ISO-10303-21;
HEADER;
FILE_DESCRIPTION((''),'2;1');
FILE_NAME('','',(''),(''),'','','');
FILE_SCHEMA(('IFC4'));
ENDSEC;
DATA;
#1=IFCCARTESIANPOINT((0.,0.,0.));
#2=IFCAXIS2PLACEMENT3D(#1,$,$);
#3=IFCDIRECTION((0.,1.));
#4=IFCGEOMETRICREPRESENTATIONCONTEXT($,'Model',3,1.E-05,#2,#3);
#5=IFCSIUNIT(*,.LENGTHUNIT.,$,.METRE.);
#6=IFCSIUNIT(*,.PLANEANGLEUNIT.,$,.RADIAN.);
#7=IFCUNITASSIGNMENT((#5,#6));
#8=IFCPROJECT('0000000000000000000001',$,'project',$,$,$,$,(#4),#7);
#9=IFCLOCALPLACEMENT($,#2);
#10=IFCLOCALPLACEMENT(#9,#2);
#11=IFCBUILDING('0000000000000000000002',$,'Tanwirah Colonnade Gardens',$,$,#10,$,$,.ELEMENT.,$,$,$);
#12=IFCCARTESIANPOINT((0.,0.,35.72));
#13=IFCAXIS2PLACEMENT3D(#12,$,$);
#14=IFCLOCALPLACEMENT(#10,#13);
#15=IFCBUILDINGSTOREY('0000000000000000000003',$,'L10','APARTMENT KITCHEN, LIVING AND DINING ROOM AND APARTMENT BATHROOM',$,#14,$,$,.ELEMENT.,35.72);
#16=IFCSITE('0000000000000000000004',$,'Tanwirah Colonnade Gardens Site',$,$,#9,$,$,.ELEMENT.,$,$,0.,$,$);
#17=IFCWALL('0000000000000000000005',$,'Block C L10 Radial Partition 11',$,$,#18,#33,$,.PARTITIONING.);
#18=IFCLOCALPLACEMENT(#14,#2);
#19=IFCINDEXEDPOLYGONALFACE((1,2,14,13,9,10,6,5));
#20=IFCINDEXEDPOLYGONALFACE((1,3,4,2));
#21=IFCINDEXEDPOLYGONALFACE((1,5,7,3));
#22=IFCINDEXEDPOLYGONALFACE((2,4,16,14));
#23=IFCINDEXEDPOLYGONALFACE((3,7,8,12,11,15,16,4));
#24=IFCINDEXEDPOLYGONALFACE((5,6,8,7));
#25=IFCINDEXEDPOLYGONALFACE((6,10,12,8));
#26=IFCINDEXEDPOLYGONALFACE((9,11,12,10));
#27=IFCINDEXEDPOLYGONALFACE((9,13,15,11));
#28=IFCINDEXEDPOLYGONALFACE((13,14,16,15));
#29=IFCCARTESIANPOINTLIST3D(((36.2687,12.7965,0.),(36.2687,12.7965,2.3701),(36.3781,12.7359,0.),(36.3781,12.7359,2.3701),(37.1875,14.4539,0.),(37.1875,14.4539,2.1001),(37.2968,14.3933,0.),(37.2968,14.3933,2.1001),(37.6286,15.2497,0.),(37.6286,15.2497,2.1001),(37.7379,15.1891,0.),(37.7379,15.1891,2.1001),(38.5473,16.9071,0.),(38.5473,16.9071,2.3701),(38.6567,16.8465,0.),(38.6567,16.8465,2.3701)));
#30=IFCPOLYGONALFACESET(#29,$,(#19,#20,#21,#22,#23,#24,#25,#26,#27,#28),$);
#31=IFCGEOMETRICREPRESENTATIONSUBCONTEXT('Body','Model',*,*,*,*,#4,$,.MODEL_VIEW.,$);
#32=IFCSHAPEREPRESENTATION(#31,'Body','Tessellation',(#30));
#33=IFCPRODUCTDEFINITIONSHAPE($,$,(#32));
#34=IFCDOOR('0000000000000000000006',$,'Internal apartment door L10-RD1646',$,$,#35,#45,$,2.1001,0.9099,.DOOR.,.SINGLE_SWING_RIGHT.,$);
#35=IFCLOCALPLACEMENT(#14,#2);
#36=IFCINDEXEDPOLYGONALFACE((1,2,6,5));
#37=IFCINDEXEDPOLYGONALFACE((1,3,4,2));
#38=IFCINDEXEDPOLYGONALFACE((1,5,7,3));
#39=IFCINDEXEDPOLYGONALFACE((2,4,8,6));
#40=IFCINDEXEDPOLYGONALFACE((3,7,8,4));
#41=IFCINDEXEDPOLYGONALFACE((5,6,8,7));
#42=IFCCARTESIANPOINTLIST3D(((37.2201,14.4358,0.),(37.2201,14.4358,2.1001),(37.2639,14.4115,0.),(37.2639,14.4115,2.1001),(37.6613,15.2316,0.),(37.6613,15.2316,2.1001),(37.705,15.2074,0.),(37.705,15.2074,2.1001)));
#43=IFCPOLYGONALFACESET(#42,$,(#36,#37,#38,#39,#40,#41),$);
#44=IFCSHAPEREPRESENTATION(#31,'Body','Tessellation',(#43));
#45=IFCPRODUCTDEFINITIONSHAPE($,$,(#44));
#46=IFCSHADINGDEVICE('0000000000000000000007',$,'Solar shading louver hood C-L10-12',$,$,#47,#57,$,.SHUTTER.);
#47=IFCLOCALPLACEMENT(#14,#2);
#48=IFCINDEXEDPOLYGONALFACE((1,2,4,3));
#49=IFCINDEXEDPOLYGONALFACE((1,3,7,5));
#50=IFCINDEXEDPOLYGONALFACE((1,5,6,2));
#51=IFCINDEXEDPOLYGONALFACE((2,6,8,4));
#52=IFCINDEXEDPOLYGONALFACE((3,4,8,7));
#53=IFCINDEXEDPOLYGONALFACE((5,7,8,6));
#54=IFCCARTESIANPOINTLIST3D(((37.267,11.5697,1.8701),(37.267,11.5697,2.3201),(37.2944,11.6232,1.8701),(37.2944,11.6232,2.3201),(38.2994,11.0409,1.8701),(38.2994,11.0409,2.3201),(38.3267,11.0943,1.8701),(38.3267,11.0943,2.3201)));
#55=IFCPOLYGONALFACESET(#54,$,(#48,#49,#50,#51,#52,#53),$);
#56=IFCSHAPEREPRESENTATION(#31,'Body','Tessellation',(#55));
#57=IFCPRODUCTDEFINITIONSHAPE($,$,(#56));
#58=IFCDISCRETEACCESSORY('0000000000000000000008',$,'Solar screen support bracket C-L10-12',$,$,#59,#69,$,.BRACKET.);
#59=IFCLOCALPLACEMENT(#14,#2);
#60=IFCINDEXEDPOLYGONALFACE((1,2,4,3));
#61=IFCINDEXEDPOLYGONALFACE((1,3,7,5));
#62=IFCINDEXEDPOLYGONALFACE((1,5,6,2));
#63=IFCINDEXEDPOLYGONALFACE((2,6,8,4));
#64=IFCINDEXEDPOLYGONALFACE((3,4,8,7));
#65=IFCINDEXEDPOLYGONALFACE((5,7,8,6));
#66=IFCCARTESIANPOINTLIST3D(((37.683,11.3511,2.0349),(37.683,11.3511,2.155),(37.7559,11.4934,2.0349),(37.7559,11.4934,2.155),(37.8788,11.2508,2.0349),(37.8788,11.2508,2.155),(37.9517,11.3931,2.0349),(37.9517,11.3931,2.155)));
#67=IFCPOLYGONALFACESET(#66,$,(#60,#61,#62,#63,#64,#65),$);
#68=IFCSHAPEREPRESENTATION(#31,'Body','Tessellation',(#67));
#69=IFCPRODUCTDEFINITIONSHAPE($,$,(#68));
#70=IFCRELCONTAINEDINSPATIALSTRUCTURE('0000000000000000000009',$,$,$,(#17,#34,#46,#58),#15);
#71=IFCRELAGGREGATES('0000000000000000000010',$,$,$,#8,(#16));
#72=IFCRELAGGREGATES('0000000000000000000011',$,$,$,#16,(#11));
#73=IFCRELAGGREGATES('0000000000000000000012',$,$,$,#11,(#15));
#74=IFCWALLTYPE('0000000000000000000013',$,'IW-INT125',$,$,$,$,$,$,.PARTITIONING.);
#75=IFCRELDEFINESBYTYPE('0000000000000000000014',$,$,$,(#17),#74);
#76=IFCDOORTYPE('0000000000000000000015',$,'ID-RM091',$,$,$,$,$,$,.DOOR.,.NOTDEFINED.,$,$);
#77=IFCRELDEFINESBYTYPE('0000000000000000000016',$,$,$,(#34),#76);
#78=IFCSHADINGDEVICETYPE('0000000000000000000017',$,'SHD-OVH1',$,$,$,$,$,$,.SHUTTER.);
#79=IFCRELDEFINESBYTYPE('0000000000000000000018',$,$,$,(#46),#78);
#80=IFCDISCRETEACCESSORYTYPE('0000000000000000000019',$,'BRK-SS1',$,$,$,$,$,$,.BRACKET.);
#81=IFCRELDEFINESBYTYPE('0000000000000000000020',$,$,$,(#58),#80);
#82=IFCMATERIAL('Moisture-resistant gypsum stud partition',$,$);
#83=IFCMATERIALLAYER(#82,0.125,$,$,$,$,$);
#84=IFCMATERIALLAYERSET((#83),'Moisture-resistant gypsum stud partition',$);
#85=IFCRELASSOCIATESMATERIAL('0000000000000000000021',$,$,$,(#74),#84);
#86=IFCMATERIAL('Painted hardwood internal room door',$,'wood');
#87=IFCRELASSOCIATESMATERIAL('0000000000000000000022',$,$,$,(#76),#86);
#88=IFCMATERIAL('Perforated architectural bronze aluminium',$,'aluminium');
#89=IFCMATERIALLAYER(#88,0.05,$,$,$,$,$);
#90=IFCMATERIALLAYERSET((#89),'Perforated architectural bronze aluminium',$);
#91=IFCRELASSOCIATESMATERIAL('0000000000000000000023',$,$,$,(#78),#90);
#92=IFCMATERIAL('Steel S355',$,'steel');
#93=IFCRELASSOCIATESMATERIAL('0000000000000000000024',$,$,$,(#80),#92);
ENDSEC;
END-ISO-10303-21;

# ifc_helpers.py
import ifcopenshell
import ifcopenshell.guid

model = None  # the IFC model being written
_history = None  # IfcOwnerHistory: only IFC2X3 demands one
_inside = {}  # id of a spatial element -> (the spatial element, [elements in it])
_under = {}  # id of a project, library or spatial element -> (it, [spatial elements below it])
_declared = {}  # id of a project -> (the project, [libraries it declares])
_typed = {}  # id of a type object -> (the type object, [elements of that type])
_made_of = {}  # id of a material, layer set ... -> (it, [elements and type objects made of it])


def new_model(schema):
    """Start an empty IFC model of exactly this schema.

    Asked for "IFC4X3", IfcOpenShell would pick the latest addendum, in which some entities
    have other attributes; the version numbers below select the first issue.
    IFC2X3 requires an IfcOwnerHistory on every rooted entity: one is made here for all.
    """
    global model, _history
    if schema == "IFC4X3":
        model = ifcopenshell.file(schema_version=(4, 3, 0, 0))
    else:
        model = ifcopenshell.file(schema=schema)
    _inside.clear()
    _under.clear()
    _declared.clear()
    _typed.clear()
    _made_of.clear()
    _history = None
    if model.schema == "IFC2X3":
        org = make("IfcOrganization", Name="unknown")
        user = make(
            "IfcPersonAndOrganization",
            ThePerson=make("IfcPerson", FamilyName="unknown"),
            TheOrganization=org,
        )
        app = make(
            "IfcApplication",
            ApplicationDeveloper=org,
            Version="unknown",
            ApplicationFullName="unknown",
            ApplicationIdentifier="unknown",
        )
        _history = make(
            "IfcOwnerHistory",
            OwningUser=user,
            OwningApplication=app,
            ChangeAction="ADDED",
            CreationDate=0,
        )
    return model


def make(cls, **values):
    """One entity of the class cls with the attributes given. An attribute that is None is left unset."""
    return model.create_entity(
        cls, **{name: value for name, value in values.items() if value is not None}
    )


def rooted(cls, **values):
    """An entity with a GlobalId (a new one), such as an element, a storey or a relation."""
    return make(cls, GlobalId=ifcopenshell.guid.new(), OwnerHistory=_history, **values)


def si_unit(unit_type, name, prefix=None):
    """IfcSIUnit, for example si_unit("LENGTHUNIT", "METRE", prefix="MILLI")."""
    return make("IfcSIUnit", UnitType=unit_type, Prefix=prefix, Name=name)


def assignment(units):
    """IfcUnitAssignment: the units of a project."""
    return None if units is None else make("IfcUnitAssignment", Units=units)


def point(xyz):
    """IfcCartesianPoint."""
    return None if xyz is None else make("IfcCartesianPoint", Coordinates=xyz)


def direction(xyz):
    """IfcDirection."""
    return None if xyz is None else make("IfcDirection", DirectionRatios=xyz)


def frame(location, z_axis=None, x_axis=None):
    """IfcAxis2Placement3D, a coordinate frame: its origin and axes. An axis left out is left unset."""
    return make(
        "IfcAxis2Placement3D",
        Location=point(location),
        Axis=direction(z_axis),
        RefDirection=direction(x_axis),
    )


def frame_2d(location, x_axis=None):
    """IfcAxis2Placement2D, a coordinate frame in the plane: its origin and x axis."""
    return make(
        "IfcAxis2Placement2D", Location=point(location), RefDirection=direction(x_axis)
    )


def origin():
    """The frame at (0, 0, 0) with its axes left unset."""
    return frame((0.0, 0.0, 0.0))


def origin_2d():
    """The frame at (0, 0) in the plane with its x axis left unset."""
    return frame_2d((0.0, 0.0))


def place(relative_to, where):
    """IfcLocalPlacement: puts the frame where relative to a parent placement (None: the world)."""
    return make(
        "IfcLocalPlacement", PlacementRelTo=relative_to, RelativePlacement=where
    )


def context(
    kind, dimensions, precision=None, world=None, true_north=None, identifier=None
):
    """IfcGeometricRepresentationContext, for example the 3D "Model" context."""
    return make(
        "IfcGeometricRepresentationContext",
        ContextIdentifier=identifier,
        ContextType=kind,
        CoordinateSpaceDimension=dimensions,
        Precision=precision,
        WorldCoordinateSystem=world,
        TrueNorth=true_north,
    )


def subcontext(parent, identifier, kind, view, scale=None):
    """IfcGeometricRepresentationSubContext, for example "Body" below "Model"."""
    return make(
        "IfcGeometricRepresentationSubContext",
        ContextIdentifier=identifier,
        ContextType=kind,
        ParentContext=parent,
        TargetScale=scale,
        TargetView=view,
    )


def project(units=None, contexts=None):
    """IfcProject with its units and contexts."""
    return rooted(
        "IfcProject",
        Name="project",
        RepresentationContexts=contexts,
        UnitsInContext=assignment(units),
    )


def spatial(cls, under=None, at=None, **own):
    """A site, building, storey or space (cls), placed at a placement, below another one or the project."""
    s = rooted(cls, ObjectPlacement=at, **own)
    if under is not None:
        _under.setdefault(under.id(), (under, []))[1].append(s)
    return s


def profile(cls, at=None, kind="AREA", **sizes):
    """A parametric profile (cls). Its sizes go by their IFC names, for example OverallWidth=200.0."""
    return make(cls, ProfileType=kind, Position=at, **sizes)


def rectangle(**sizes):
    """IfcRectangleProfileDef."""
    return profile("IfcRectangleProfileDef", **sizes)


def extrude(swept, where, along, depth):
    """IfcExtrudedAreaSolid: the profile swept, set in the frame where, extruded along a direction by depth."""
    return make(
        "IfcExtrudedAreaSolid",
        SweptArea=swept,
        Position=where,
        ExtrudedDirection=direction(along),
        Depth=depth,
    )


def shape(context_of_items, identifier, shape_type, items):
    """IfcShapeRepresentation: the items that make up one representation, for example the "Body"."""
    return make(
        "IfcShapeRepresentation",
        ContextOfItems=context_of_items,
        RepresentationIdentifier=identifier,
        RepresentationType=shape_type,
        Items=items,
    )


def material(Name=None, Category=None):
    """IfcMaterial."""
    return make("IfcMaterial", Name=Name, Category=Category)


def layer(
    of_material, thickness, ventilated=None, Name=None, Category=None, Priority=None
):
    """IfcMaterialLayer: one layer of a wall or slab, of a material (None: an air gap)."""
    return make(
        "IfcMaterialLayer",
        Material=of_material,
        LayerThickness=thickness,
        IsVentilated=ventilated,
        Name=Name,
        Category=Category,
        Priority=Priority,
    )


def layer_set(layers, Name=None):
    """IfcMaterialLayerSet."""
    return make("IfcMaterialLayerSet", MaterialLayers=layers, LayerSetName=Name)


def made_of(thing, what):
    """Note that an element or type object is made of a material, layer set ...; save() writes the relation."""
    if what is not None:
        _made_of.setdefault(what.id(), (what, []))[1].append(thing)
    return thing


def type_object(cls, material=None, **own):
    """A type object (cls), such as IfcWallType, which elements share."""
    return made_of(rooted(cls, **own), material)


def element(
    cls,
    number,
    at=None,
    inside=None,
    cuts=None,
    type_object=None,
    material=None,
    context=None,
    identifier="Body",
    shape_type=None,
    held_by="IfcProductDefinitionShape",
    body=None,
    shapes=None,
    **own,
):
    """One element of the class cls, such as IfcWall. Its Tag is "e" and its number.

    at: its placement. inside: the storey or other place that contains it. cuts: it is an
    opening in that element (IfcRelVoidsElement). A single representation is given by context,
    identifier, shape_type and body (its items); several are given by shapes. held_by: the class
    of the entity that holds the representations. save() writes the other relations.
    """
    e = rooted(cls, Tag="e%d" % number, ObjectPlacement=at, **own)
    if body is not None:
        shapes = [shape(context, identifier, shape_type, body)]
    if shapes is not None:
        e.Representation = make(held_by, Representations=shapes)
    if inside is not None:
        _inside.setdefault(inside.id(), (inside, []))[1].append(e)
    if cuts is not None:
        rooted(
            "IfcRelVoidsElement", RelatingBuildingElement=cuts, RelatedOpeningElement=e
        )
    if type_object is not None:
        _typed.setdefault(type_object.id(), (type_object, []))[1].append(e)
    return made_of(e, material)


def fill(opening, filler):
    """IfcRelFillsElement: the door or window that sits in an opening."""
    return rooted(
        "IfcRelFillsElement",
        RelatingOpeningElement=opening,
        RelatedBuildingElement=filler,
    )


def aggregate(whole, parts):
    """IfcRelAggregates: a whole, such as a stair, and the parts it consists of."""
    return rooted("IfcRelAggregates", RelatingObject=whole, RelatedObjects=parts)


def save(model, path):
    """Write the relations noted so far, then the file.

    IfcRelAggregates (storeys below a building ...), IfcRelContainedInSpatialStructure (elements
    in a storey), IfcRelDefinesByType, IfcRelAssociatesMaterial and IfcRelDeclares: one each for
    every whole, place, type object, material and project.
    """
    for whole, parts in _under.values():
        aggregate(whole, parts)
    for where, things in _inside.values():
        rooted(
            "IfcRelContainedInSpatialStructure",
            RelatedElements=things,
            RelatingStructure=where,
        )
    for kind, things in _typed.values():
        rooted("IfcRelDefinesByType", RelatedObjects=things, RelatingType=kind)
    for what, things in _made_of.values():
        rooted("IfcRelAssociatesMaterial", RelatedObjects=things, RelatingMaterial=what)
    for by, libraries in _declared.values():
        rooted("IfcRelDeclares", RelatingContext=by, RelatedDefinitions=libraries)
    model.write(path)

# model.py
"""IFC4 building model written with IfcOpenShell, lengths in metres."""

from ifc_helpers import new_model, si_unit, direction, frame, frame_2d, origin, origin_2d, place, context, subcontext, project, spatial, rectangle, extrude, material, layer, layer_set, type_object, element, fill, save


model = new_model("IFC4")

# Units and contexts
model_context = context("Model", 3, precision=1e-05, world=origin(), true_north=direction((0.0, 1.0)))
body_context = subcontext(model_context, "Body", "Model", "MODEL_VIEW")
ifc_project = project(units=[si_unit("LENGTHUNIT", "METRE"), si_unit("PLANEANGLEUNIT", "RADIAN")], contexts=[model_context])

# Site, building, storey
site_placement = place(None, origin())
site = spatial("IfcSite", under=ifc_project, at=site_placement, Name="Tanwirah Colonnade Gardens Site", CompositionType="ELEMENT", RefElevation=0.0)
building_placement = place(site_placement, origin())
building = spatial("IfcBuilding", under=site, at=building_placement, Name="Tanwirah Colonnade Gardens", CompositionType="ELEMENT")
storey_placement = place(building_placement, frame((0.0, 0.0, 35.72)))
storey = spatial("IfcBuildingStorey", under=building, at=storey_placement, Name="L10", Description="APARTMENT KITCHEN, LIVING AND DINING ROOM AND APARTMENT BATHROOM", CompositionType="ELEMENT", Elevation=35.72)

# Wall, opening, door
ifc_material_1 = material(Name="Moisture-resistant gypsum stud partition")
ifc_layer_1 = layer(ifc_material_1, 0.125)
ifc_layer_set_1 = layer_set([ifc_layer_1], Name="Moisture-resistant gypsum stud partition")
wall_type_1 = type_object("IfcWallType", Name="IW-INT125", PredefinedType="PARTITIONING", material=ifc_layer_set_1)
wall_1_placement = place(storey_placement, frame((38.6021, 16.877, 0.0), z_axis=(0.0, 0.0, 1.0), x_axis=(-0.484814, -0.874618, 0.0)))
wall_1 = element("IfcWall", 1, at=wall_1_placement, inside=storey, type_object=wall_type_1, Name="Block C L10 Radial Partition 11", PredefinedType="PARTITIONING", context=body_context, shape_type="SweptSolid", body=[
    extrude(rectangle(XDim=4.7, YDim=0.125, at=frame_2d((2.3501, 0.0))), origin(), (0.0, 0.0, 1.0), 2.3701),
])
opening_1_placement = place(wall_1_placement, frame((1.895, 0.0, 0.0)))
opening_1 = element("IfcOpeningElement", 2, at=opening_1_placement, cuts=wall_1, PredefinedType="OPENING", context=body_context, shape_type="SweptSolid", body=[
    extrude(rectangle(XDim=0.9099, YDim=2.1001, at=frame_2d((0.4551, 1.05))), frame((0.0, 0.0725, 0.0), z_axis=(0.0, -1.0, 0.0), x_axis=(1.0, 0.0, 0.0)), (0.0, 0.0, 1.0), 0.145),
])
ifc_material_2 = material(Name="Painted hardwood internal room door", Category="wood")
door_type_1 = type_object("IfcDoorType", Name="ID-RM091", OperationType="NOTDEFINED", PredefinedType="DOOR", material=ifc_material_2)
door_1_placement = place(opening_1_placement, origin())
door_1 = element("IfcDoor", 3, at=door_1_placement, inside=storey, type_object=door_type_1, Name="Internal apartment door L10-RD1646", OperationType="SINGLE_SWING_RIGHT", OverallHeight=2.1001, OverallWidth=0.9099, PredefinedType="DOOR", context=body_context, shape_type="SweptSolid", body=[
    extrude(rectangle(XDim=0.9099, YDim=2.1001, at=frame_2d((0.4551, 1.05))), frame((0.0, 0.0249, 0.0), z_axis=(0.0, -1.0, 0.0), x_axis=(1.0, 0.0, 0.0)), (0.0, 0.0, 1.0), 0.05),
])
fill(opening_1, door_1)

# Shading device
ifc_material_3 = material(Name="Perforated architectural bronze aluminium", Category="aluminium")
ifc_layer_2 = layer(ifc_material_3, 0.05)
ifc_layer_set_2 = layer_set([ifc_layer_2], Name="Perforated architectural bronze aluminium")
shading_device_type = type_object("IfcShadingDeviceType", Name="SHD-OVH1", PredefinedType="SHUTTER", material=ifc_layer_set_2)
shading_device_placement = place(storey_placement, frame((37.7969, 11.332, 1.8701), z_axis=(0.0, 0.0, 1.0), x_axis=(0.890014, -0.455934, 0.0)))
element("IfcShadingDevice", 4, at=shading_device_placement, inside=storey, type_object=shading_device_type, Name="Solar shading louver hood C-L10-12", PredefinedType="SHUTTER", context=body_context, shape_type="SweptSolid", body=[
    extrude(rectangle(XDim=1.1599, YDim=0.0601, at=origin_2d()), origin(), (0.0, 0.0, 1.0), 0.45),
])

# Discrete accessory
ifc_material_4 = material(Name="Steel S355", Category="steel")
discrete_accessory_type = type_object("IfcDiscreteAccessoryType", Name="BRK-SS1", PredefinedType="BRACKET", material=ifc_material_4)
discrete_accessory_placement = place(storey_placement, frame((37.8174, 11.3721, 2.0349), z_axis=(0.0, 0.0, 1.0), x_axis=(0.890014, -0.455934, 0.0)))
element("IfcDiscreteAccessory", 5, at=discrete_accessory_placement, inside=storey, type_object=discrete_accessory_type, Name="Solar screen support bracket C-L10-12", PredefinedType="BRACKET", context=body_context, shape_type="SweptSolid", body=[
    extrude(rectangle(XDim=0.22, YDim=0.1599, at=origin_2d()), origin(), (0.0, 0.0, 1.0), 0.1201),
])

save(model, "model.ifc")
